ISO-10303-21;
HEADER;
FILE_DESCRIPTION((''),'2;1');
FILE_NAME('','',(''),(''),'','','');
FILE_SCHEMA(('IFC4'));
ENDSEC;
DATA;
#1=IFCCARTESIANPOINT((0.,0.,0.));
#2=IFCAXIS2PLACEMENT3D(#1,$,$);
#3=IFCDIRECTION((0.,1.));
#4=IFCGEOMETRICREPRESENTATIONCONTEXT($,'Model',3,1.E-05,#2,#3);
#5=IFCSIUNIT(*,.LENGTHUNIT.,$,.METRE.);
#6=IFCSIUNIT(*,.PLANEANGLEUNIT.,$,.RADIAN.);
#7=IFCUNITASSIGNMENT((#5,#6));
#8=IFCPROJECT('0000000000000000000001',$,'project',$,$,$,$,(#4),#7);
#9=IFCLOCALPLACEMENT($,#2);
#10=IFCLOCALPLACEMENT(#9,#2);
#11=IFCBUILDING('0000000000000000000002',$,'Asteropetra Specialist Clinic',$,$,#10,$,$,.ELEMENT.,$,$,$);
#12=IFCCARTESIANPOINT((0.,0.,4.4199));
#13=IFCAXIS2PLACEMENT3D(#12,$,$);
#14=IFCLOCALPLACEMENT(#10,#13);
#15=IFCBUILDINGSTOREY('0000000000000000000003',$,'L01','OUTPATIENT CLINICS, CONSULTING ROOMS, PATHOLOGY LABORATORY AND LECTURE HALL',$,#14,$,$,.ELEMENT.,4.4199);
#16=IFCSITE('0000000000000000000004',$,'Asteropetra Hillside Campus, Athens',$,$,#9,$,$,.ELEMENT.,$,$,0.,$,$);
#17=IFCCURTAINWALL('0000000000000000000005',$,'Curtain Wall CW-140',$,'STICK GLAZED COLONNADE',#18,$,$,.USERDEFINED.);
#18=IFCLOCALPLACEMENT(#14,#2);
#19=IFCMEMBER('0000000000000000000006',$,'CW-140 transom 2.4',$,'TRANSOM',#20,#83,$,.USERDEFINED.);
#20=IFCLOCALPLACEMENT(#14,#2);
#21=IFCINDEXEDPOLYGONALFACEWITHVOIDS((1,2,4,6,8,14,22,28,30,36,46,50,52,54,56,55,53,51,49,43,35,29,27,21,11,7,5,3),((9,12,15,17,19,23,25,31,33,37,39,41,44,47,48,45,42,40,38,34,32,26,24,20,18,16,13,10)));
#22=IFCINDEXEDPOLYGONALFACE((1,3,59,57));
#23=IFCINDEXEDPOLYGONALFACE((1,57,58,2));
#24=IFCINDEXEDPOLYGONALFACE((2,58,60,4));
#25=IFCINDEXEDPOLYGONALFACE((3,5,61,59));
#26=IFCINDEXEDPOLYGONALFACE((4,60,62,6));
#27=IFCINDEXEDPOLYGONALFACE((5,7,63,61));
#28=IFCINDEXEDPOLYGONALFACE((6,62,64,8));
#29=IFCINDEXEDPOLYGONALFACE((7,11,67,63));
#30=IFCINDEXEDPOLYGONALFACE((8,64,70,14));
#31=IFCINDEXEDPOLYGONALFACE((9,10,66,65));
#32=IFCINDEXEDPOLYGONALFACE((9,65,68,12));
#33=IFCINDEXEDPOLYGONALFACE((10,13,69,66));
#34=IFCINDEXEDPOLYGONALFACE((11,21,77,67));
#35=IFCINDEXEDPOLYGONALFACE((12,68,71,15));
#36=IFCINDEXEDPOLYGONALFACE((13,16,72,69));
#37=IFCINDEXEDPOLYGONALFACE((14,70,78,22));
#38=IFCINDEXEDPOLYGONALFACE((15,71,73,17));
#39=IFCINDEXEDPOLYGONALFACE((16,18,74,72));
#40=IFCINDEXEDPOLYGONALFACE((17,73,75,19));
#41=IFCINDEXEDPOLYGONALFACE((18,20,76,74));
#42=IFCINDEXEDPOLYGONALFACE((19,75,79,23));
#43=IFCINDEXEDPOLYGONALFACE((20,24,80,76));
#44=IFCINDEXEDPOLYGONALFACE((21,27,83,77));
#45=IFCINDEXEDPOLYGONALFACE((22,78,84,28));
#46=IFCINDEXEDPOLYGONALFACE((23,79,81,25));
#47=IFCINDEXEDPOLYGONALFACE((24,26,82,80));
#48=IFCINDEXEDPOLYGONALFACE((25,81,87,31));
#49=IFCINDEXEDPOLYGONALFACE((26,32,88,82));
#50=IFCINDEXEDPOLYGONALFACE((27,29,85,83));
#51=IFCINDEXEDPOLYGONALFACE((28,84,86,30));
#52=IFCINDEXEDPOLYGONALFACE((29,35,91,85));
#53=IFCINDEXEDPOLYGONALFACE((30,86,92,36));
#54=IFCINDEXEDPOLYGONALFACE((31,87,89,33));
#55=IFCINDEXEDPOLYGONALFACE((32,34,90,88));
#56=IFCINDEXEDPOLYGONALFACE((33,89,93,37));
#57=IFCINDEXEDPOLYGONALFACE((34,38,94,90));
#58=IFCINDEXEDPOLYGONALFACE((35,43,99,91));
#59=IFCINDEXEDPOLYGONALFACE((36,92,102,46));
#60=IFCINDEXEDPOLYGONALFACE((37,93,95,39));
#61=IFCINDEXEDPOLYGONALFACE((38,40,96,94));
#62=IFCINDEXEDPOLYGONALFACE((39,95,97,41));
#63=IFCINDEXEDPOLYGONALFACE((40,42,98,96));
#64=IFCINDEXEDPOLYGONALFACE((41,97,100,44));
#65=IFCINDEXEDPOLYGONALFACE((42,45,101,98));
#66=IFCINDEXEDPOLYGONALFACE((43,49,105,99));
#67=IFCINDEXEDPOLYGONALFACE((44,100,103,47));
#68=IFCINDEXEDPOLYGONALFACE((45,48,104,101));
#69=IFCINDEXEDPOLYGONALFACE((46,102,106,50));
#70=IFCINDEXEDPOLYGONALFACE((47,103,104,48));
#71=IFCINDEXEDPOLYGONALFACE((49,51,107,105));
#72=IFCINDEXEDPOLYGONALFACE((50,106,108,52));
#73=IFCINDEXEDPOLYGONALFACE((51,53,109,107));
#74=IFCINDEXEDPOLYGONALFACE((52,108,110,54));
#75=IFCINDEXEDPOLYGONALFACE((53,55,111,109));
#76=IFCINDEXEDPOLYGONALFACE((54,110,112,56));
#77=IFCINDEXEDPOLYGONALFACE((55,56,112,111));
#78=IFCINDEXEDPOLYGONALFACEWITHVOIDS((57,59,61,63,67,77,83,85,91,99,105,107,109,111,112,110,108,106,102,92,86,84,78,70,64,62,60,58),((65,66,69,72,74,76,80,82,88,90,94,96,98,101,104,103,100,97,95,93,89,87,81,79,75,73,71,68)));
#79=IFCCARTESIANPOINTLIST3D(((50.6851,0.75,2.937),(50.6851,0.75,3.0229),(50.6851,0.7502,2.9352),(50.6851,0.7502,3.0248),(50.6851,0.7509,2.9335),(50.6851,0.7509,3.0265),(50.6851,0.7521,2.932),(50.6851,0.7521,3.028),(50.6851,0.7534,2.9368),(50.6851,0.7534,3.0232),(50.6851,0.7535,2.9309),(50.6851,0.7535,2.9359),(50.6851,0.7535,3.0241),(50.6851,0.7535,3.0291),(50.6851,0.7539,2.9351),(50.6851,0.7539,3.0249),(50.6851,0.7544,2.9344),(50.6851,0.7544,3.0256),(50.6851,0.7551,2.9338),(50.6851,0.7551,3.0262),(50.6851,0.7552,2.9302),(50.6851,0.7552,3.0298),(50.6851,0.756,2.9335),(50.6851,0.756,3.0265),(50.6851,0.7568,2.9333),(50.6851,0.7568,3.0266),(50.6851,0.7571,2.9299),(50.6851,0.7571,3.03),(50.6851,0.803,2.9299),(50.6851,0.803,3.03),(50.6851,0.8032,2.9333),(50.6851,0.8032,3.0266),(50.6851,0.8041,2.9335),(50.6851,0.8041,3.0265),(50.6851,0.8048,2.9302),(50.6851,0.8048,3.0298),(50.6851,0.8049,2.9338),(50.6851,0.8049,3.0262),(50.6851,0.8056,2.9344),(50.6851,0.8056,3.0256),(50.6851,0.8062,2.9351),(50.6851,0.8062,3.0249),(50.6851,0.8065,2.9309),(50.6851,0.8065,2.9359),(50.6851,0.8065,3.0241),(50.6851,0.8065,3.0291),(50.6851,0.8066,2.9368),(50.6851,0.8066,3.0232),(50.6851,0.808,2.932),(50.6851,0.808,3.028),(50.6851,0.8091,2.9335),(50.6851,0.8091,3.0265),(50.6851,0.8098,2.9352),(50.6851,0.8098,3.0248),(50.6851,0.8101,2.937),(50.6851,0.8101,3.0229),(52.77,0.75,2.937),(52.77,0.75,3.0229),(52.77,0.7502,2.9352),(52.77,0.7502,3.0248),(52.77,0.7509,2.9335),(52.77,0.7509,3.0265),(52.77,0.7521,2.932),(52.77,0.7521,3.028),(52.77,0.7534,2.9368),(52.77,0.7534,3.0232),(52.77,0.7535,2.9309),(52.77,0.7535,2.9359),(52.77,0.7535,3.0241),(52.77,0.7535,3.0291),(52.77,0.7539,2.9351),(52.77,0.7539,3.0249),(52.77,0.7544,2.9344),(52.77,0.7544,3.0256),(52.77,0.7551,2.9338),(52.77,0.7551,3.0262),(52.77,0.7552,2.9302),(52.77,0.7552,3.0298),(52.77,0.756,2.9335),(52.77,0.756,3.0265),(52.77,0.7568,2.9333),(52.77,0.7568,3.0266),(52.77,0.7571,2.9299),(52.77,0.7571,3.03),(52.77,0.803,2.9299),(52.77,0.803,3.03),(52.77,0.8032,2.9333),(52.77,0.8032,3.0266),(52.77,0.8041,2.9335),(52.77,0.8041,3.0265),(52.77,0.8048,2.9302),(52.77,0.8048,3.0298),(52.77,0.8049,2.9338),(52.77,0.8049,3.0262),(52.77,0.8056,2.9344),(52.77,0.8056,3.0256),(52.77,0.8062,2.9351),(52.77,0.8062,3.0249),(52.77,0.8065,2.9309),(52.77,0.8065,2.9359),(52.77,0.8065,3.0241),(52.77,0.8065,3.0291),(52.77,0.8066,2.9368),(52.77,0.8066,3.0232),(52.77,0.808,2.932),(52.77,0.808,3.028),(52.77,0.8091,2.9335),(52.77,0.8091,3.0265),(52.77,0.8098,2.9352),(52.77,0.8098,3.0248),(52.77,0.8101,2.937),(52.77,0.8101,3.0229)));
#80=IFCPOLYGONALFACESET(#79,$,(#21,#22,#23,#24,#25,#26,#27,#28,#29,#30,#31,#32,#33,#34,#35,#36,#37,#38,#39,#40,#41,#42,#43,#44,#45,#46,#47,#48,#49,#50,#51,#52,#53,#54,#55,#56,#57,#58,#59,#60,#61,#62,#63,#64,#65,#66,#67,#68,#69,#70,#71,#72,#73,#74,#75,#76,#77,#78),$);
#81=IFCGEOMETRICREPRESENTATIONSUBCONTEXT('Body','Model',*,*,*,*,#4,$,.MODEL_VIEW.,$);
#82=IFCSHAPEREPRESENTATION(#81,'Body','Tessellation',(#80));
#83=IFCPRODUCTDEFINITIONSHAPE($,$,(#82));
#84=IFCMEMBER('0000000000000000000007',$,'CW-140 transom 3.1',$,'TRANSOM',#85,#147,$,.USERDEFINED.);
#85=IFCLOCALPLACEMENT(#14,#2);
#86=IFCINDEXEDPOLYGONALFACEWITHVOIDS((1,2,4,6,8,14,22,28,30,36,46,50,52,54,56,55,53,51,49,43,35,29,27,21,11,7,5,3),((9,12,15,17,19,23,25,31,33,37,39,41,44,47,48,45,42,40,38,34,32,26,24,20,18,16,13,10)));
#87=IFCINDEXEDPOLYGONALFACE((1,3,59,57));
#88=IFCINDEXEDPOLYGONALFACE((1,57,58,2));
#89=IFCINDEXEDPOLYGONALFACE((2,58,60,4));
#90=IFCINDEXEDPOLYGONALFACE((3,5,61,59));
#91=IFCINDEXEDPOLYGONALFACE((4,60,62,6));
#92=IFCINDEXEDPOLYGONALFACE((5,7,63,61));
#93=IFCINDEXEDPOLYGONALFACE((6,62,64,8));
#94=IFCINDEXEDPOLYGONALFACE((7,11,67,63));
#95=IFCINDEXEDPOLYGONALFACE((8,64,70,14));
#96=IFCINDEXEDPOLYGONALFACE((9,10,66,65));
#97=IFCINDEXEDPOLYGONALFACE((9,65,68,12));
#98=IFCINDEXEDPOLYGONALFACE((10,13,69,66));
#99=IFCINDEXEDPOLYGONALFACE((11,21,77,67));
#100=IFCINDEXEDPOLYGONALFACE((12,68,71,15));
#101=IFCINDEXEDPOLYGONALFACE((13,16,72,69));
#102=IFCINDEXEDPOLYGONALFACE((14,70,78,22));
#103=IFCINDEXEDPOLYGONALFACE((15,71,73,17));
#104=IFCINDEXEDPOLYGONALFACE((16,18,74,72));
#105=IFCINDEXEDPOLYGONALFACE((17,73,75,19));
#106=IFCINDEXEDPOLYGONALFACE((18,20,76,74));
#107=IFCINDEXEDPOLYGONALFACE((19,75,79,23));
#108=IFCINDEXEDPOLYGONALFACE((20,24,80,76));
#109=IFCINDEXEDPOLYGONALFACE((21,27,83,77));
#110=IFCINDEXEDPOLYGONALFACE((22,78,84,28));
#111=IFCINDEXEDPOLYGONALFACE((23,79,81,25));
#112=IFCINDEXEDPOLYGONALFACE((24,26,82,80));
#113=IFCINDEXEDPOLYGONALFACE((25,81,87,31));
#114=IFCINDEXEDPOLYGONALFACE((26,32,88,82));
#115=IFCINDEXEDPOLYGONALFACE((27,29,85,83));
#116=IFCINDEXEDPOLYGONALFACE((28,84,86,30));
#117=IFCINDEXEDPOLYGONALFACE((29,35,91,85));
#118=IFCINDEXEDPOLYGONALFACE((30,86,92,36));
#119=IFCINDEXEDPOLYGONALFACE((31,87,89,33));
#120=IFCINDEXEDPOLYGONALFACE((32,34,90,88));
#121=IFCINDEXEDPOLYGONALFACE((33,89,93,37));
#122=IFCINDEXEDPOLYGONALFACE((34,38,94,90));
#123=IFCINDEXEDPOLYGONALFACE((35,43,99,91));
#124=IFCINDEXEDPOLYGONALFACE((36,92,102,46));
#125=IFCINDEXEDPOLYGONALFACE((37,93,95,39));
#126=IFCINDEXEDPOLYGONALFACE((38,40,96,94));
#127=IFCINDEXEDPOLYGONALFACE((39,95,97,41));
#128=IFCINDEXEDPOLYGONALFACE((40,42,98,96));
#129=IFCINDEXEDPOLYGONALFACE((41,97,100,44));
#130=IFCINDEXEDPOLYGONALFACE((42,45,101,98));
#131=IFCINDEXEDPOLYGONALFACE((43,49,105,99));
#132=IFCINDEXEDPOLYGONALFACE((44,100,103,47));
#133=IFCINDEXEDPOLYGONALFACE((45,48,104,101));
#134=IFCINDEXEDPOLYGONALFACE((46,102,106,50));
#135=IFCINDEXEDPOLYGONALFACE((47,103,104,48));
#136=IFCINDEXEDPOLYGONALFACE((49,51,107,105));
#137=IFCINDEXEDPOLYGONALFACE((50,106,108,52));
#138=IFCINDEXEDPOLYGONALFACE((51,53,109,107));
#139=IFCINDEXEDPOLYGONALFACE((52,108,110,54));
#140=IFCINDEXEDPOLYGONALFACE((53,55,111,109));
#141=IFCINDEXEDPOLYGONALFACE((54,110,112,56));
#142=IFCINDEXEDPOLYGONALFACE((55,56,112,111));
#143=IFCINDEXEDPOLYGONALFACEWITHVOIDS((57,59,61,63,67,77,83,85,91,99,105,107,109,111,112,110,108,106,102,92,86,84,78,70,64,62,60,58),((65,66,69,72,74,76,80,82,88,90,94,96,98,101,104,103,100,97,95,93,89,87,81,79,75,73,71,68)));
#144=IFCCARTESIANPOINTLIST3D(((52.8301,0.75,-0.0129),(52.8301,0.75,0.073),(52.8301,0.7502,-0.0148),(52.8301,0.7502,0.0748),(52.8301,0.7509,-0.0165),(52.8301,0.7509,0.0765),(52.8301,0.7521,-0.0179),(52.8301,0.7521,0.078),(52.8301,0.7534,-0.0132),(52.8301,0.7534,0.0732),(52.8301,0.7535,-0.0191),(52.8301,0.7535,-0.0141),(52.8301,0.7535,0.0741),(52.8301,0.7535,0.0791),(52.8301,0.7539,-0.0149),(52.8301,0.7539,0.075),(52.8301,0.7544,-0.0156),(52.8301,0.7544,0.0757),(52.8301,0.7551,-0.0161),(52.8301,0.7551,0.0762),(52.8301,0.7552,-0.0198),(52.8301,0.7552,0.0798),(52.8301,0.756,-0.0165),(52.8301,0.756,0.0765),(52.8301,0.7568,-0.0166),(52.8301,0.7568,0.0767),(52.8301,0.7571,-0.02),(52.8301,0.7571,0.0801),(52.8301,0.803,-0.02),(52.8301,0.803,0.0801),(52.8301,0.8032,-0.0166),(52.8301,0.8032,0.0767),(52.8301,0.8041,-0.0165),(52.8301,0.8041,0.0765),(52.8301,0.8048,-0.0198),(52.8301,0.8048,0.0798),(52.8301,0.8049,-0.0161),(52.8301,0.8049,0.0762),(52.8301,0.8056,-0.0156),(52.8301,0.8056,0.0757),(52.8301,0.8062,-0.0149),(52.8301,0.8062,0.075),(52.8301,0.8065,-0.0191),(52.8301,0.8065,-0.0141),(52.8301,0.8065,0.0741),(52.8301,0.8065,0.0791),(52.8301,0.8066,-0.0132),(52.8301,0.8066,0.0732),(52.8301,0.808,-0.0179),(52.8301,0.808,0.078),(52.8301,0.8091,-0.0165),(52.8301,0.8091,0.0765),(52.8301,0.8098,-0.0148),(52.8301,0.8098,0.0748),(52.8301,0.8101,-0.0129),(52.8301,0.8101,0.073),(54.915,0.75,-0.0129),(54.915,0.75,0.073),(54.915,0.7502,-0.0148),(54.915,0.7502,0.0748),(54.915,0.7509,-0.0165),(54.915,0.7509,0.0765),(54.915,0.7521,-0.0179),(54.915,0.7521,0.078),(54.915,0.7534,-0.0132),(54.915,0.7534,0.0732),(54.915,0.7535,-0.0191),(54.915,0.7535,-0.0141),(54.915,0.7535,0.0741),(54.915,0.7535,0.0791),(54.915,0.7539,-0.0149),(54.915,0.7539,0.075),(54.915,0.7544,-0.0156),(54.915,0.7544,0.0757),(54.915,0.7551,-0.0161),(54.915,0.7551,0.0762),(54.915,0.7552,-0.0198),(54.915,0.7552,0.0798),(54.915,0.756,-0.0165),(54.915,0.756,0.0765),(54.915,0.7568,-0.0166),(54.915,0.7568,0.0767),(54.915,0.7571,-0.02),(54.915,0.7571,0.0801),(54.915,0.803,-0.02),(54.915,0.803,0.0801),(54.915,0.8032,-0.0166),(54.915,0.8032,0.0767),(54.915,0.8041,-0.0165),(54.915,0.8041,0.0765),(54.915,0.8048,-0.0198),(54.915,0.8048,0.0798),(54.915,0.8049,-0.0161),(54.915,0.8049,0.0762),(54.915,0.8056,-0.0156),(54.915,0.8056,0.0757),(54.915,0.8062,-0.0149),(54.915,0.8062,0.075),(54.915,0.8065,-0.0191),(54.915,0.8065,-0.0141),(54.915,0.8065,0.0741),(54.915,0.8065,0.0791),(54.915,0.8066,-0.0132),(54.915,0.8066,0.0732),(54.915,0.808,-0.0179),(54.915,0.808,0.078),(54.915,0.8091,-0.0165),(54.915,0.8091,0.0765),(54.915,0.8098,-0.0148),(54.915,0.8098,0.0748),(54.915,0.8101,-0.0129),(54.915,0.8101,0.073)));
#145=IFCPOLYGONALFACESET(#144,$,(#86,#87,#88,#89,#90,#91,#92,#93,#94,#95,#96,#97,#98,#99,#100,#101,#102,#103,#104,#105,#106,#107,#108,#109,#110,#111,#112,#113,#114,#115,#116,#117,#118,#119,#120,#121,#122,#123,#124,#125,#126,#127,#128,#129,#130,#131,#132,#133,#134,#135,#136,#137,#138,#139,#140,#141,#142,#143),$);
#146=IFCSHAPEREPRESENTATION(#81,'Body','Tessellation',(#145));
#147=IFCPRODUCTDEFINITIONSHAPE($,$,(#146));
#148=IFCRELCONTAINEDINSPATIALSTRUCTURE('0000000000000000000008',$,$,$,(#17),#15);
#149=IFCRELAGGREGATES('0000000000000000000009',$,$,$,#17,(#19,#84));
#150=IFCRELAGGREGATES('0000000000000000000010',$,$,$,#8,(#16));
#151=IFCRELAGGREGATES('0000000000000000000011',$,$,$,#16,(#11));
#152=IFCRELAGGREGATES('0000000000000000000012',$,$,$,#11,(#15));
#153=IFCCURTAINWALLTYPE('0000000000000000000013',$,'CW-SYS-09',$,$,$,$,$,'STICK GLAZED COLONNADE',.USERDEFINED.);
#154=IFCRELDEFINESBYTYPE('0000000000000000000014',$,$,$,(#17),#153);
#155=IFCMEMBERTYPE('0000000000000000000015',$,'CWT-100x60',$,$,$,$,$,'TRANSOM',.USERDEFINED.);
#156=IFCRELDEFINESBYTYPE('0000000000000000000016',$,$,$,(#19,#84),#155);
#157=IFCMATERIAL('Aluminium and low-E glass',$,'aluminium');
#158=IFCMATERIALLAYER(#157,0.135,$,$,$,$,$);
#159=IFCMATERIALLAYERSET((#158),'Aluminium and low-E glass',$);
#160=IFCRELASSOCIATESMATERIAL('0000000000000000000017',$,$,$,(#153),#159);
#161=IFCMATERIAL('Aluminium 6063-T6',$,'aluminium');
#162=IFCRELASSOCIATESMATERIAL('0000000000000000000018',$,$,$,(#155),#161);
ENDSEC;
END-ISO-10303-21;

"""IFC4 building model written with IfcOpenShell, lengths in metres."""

from ifc_helpers import new_model, si_unit, direction, frame, origin, origin_2d, place, context, subcontext, project, spatial, hollow_rectangle, extrude, material, layer, layer_set, material_profile, profile_set, type_object, element, aggregate, save


model = new_model("IFC4")

# Units and contexts
model_context = context("Model", 3, precision=1e-05, world=origin(), true_north=direction((0.0, 1.0)))
body_context = subcontext(model_context, "Body", "Model", "MODEL_VIEW")
ifc_project = project(units=[si_unit("LENGTHUNIT", "METRE"), si_unit("PLANEANGLEUNIT", "RADIAN")], contexts=[model_context])

# Site, building, storey
site_placement = place(None, origin())
site = spatial("IfcSite", under=ifc_project, at=site_placement, Name="Asteropetra Hillside Campus, Athens", CompositionType="ELEMENT", RefElevation=0.0)
building_placement = place(site_placement, origin())
building = spatial("IfcBuilding", under=site, at=building_placement, Name="Asteropetra Specialist Clinic", CompositionType="ELEMENT")
storey_placement = place(building_placement, frame((0.0, 0.0, 4.4199)))
storey = spatial("IfcBuildingStorey", under=building, at=storey_placement, Name="L01", Description="OUTPATIENT CLINICS, CONSULTING ROOMS, PATHOLOGY LABORATORY AND LECTURE HALL", CompositionType="ELEMENT", Elevation=4.4199)

# Curtain wall, members
ifc_material_1 = material(Name="Aluminium and low-E glass", Category="aluminium")
ifc_layer_1 = layer(ifc_material_1, 0.135)
ifc_layer_set_1 = layer_set([ifc_layer_1], Name="Aluminium and low-E glass")
curtain_wall_type = type_object("IfcCurtainWallType", Name="CW-SYS-09", ElementType="STICK GLAZED COLONNADE", PredefinedType="USERDEFINED", material=ifc_layer_set_1)
curtain_wall_placement = place(storey_placement, origin())
curtain_wall = element("IfcCurtainWall", 1, at=curtain_wall_placement, inside=storey, type_object=curtain_wall_type, Name="Curtain Wall CW-140", ObjectType="STICK GLAZED COLONNADE", PredefinedType="USERDEFINED")
ifc_material_2 = material(Name="Aluminium 6063-T6", Category="aluminium")
ifc_material_profile_1 = material_profile(ifc_material_2, hollow_rectangle(XDim=0.0601, YDim=0.1001, WallThickness=0.0034, InnerFilletRadius=0.0034, OuterFilletRadius=0.0071, at=origin_2d()), Name="TRN 100x60x3.5")
ifc_profile_set_1 = profile_set([ifc_material_profile_1], Name="Aluminium 6063-T6")
member_type_1 = type_object("IfcMemberType", Name="CWT-100x60", ElementType="TRANSOM", PredefinedType="USERDEFINED", material=ifc_profile_set_1)
member_1_placement = place(storey_placement, frame((50.6851, 0.78, 2.98), z_axis=(1.0, 0.0, 0.0), x_axis=(0.0, 1.0, 0.0)))
member_1 = element("IfcMember", 2, at=member_1_placement, type_object=member_type_1, Name="CW-140 transom 2.4", ObjectType="TRANSOM", PredefinedType="USERDEFINED", context=body_context, shape_type="SweptSolid", body=[
    extrude(hollow_rectangle(XDim=0.0601, YDim=0.1001, WallThickness=0.0034, InnerFilletRadius=0.0034, OuterFilletRadius=0.0071, at=origin_2d()), origin(), (0.0, 0.0, 1.0), 2.085),
])
member_2_placement = place(storey_placement, frame((52.8301, 0.78, 0.03), z_axis=(1.0, 0.0, 0.0), x_axis=(0.0, 1.0, 0.0)))
member_2 = element("IfcMember", 3, at=member_2_placement, type_object=member_type_1, Name="CW-140 transom 3.1", ObjectType="TRANSOM", PredefinedType="USERDEFINED", context=body_context, shape_type="SweptSolid", body=[
    extrude(hollow_rectangle(XDim=0.0601, YDim=0.1001, WallThickness=0.0034, InnerFilletRadius=0.0034, OuterFilletRadius=0.0071, at=origin_2d()), origin(), (0.0, 0.0, 1.0), 2.085),
])

aggregate(curtain_wall, [member_1, member_2])

save(model, "model.ifc")
